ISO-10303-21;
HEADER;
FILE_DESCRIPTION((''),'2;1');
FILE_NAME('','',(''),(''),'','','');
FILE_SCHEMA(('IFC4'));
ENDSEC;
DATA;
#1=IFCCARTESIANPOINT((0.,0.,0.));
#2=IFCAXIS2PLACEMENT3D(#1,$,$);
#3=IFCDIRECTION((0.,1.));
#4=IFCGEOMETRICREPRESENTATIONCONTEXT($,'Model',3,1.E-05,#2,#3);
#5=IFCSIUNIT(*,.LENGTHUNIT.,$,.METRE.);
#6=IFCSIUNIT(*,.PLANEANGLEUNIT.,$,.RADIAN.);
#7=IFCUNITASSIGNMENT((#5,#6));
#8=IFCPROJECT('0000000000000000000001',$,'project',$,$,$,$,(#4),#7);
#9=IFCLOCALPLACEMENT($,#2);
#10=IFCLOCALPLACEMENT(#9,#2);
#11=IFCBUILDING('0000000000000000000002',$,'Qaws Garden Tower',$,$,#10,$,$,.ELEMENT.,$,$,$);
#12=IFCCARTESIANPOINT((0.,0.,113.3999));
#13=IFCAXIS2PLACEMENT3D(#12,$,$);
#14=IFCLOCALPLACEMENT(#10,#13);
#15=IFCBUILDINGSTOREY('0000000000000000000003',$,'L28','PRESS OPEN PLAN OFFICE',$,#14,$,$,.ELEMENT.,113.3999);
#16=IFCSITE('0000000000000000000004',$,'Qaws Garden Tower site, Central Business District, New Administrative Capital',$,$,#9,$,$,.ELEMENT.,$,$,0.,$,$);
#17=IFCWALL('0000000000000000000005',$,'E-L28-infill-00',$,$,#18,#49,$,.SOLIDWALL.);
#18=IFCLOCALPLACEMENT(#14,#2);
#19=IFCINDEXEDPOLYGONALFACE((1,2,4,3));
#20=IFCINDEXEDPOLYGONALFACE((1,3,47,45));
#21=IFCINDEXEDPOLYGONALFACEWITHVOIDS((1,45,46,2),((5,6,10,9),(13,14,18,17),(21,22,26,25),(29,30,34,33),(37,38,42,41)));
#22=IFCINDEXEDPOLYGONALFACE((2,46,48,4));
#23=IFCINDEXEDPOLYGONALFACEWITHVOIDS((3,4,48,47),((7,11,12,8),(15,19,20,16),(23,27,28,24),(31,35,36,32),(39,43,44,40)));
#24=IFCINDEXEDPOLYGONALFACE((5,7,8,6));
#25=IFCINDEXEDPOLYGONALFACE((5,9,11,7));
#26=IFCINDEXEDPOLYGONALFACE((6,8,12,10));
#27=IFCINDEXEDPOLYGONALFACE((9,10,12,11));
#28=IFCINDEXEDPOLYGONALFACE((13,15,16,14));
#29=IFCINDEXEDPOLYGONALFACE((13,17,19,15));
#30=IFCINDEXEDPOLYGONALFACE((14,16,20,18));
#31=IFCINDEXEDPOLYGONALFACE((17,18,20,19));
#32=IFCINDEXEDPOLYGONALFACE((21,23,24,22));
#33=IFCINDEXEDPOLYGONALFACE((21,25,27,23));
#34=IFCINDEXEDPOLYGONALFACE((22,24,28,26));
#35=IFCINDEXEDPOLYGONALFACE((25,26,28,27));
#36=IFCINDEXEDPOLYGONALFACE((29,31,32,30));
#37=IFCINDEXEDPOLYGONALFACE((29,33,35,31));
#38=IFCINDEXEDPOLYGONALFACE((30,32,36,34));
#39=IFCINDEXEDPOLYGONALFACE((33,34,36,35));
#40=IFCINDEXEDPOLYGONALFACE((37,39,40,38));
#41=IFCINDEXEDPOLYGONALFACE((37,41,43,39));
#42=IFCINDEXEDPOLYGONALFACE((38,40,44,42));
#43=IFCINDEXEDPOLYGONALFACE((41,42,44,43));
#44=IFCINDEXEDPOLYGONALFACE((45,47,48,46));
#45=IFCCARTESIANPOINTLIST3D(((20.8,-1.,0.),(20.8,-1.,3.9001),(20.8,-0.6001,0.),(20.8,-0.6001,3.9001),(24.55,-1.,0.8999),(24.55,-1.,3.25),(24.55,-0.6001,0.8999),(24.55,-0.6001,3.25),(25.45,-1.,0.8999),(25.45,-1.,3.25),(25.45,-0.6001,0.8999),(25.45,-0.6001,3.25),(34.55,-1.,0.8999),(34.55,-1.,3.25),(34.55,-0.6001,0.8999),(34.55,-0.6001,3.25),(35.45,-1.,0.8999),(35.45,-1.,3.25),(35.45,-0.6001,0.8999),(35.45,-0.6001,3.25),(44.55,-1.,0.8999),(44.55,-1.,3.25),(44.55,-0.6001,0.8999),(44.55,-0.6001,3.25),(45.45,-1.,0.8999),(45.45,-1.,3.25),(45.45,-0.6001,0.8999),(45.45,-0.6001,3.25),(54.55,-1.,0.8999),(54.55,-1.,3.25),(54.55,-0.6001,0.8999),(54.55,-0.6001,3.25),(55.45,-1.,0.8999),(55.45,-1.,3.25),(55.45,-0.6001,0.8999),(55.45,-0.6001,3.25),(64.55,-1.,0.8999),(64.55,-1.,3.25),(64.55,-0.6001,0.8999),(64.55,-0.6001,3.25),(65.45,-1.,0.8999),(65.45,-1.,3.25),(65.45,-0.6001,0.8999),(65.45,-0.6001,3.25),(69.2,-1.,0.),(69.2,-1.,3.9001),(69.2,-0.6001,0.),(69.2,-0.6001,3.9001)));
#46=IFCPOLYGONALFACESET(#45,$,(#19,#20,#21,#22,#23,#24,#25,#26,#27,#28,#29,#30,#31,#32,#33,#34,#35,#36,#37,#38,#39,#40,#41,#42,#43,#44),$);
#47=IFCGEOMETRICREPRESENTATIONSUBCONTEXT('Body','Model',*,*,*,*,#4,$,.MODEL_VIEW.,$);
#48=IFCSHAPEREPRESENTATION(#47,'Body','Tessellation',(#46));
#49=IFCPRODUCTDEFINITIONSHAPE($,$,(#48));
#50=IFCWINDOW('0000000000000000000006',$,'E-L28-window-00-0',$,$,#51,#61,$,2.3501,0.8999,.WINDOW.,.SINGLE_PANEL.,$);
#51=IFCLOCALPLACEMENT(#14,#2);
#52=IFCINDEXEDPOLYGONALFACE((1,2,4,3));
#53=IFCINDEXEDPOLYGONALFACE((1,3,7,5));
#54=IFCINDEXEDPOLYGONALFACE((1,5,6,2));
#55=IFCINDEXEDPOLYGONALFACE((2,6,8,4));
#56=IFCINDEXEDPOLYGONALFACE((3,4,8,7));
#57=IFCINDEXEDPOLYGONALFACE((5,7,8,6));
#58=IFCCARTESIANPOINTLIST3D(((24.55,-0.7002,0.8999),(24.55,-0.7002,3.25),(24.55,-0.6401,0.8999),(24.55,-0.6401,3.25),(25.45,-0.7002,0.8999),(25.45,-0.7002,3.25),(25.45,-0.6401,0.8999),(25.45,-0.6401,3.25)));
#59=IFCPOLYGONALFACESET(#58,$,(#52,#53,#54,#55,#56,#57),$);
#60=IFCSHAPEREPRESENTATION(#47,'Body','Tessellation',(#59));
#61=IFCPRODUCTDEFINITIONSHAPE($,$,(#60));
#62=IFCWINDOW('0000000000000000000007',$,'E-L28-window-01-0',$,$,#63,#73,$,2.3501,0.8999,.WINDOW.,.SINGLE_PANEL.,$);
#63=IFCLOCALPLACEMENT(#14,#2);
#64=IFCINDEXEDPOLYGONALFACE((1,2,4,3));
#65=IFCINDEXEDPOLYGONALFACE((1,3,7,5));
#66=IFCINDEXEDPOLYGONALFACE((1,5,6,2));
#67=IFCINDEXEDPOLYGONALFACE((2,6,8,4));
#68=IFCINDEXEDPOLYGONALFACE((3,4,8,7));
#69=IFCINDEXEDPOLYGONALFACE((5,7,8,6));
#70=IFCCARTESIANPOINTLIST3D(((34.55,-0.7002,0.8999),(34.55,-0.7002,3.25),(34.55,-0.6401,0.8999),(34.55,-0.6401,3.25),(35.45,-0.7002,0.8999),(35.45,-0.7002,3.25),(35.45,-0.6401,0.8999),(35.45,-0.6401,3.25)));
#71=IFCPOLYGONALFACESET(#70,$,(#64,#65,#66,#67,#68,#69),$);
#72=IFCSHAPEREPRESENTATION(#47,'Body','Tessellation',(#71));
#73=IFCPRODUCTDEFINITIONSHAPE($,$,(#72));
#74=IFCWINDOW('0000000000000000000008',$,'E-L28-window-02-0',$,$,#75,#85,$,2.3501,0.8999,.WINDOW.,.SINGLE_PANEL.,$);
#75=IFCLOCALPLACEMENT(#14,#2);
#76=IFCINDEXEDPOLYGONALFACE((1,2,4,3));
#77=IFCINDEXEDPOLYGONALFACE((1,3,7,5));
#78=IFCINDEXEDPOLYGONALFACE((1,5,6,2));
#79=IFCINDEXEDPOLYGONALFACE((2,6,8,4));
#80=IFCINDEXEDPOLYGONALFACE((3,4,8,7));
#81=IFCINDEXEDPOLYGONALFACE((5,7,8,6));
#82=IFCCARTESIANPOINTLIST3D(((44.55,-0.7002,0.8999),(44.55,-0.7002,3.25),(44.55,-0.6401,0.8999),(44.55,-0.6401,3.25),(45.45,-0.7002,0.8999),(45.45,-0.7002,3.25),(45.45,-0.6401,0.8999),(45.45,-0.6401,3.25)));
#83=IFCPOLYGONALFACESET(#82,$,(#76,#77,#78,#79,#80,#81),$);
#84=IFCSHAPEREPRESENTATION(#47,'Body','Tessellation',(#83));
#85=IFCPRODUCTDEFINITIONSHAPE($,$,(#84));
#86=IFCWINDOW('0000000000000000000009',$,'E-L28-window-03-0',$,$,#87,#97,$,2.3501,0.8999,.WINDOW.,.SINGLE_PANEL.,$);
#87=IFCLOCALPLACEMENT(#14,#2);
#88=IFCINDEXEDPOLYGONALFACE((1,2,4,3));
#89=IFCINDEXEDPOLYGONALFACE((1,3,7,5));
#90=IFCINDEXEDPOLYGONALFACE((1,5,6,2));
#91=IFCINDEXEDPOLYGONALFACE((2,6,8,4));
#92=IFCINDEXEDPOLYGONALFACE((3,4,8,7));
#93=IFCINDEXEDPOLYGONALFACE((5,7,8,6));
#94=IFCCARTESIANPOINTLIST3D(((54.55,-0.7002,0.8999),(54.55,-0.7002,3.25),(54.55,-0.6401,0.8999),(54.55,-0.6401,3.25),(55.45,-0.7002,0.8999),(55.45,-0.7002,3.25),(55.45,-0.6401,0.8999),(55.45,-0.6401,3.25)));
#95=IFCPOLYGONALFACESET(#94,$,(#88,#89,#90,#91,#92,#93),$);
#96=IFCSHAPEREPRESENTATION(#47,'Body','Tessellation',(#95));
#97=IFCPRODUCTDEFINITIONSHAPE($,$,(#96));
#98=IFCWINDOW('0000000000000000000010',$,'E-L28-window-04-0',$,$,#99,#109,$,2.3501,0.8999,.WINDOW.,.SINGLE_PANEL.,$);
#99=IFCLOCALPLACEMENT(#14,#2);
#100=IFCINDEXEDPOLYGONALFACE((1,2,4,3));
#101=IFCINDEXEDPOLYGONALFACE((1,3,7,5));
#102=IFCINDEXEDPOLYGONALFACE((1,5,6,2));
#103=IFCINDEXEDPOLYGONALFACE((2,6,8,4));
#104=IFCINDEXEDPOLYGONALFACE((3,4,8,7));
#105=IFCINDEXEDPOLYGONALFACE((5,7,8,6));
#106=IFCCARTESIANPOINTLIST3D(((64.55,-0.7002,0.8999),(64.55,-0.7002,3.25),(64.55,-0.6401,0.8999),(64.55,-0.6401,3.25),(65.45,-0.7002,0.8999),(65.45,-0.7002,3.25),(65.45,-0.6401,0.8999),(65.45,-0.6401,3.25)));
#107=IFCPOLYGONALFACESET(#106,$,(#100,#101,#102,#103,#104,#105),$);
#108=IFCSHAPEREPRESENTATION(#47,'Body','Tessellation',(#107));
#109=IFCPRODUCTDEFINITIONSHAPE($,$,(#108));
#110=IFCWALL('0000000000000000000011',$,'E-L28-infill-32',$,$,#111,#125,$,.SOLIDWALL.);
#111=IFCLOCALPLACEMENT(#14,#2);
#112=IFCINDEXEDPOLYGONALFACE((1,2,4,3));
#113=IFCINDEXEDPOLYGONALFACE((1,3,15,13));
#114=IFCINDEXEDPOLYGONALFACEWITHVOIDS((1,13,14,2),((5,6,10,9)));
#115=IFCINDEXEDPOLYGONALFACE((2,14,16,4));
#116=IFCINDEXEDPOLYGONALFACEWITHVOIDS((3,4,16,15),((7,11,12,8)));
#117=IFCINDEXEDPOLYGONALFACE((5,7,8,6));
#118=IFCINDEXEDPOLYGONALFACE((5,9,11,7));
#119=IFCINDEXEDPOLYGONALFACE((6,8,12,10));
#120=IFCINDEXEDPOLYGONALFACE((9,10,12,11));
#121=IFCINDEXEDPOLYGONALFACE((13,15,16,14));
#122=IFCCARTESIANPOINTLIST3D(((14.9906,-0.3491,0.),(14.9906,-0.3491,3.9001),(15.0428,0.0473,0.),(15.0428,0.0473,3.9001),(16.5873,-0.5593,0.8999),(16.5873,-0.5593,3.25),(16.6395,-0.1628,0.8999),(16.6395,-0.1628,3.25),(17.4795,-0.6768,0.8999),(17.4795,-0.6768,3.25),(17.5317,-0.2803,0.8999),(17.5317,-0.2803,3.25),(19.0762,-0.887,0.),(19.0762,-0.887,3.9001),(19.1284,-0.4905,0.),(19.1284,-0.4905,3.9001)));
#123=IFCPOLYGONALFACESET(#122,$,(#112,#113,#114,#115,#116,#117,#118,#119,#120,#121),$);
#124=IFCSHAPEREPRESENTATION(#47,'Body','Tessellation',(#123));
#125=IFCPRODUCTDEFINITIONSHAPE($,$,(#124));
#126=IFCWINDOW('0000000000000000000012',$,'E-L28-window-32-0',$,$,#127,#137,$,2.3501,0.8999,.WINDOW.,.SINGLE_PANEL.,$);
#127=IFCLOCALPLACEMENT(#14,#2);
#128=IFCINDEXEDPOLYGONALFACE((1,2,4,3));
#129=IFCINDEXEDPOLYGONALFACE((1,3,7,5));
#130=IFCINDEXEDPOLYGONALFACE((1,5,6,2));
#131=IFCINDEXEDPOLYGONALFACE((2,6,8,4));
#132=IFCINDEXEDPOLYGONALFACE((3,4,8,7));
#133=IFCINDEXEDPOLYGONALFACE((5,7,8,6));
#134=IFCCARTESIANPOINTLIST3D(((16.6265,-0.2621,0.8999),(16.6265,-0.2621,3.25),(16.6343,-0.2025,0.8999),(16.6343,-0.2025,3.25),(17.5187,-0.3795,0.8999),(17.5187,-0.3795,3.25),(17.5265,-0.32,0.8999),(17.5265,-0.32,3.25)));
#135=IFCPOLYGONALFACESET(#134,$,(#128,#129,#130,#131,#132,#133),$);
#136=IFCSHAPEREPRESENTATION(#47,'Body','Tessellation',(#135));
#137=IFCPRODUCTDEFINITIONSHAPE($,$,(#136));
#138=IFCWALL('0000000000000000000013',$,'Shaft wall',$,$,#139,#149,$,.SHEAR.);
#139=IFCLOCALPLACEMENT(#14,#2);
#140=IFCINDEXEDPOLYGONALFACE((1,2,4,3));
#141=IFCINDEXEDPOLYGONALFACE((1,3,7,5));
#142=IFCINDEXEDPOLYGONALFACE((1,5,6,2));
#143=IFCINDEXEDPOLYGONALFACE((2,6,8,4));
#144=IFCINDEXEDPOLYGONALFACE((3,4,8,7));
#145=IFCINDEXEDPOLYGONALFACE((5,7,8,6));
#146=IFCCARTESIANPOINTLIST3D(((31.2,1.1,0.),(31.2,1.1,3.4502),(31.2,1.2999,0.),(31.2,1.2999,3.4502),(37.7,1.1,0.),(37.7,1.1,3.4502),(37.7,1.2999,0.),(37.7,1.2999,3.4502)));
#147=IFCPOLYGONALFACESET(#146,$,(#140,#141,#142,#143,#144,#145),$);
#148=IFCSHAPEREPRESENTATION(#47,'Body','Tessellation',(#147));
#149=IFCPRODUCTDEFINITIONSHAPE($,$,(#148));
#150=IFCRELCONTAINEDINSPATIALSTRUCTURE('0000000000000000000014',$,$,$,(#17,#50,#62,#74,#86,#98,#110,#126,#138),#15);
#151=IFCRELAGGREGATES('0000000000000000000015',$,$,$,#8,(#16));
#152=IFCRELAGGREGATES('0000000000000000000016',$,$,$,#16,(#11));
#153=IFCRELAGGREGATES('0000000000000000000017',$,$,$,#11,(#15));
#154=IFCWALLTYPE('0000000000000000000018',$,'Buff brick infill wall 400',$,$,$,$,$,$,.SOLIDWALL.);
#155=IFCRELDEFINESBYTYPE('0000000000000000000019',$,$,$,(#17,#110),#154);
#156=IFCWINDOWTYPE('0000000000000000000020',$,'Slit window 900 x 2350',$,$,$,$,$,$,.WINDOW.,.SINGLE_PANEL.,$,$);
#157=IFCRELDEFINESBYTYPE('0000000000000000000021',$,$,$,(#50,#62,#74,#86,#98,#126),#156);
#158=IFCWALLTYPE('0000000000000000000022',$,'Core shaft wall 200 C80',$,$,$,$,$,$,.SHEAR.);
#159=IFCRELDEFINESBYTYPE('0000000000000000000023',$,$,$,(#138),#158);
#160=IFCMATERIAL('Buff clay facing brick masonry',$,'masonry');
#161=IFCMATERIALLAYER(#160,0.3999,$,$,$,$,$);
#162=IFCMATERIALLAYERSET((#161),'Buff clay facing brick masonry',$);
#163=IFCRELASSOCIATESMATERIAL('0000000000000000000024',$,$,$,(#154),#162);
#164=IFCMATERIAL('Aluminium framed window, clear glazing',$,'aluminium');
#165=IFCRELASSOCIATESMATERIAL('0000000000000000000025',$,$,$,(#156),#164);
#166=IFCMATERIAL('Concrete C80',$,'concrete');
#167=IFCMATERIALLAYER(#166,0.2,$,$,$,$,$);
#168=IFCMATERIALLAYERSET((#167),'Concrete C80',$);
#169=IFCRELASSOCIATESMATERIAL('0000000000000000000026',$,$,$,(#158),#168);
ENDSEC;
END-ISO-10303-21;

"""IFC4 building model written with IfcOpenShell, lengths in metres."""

from ifc_helpers import new_model, si_unit, direction, frame, frame_2d, origin, place, context, subcontext, project, spatial, rectangle, extrude, material, layer, layer_set, type_object, element, fill, save


model = new_model("IFC4")

# Units and contexts
model_context = context("Model", 3, precision=1e-05, world=origin(), true_north=direction((0.0, 1.0)))
body_context = subcontext(model_context, "Body", "Model", "MODEL_VIEW")
ifc_project = project(units=[si_unit("LENGTHUNIT", "METRE"), si_unit("PLANEANGLEUNIT", "RADIAN")], contexts=[model_context])

# Site, building, storey
site_placement = place(None, origin())
site = spatial("IfcSite", under=ifc_project, at=site_placement, Name="Qaws Garden Tower site, Central Business District, New Administrative Capital", CompositionType="ELEMENT", RefElevation=0.0)
building_placement = place(site_placement, origin())
building = spatial("IfcBuilding", under=site, at=building_placement, Name="Qaws Garden Tower", CompositionType="ELEMENT")
storey_placement = place(building_placement, frame((0.0, 0.0, 113.3999)))
storey = spatial("IfcBuildingStorey", under=building, at=storey_placement, Name="L28", Description="PRESS OPEN PLAN OFFICE", CompositionType="ELEMENT", Elevation=113.3999)

# Wall, openings, windows
ifc_material_1 = material(Name="Buff clay facing brick masonry", Category="masonry")
ifc_layer_1 = layer(ifc_material_1, 0.3999)
ifc_layer_set_1 = layer_set([ifc_layer_1], Name="Buff clay facing brick masonry")
wall_type_1 = type_object("IfcWallType", Name="Buff brick infill wall 400", PredefinedType="SOLIDWALL", material=ifc_layer_set_1)
wall_1_placement = place(storey_placement, frame((20.8, -0.8, 0.0), z_axis=(0.0, 0.0, 1.0), x_axis=(1.0, 0.0, 0.0)))
wall_1 = element("IfcWall", 1, at=wall_1_placement, inside=storey, type_object=wall_type_1, Name="E-L28-infill-00", PredefinedType="SOLIDWALL", context=body_context, shape_type="SweptSolid", body=[
    extrude(rectangle(XDim=48.3999, YDim=0.3999, at=frame_2d((24.2, 0.0))), origin(), (0.0, 0.0, 1.0), 3.9001),
])
opening_1_placement = place(wall_1_placement, frame((3.75, 0.0, 0.8999)))
opening_1 = element("IfcOpeningElement", 2, at=opening_1_placement, cuts=wall_1, PredefinedType="OPENING", context=body_context, shape_type="SweptSolid", body=[
    extrude(rectangle(XDim=0.8999, YDim=2.3501, at=frame_2d((0.45, 1.175))), frame((0.0, 0.21, 0.0), z_axis=(0.0, -1.0, 0.0), x_axis=(1.0, 0.0, 0.0)), (0.0, 0.0, 1.0), 0.4199),
])
opening_2_placement = place(wall_1_placement, frame((13.75, 0.0, 0.8999)))
opening_2 = element("IfcOpeningElement", 3, at=opening_2_placement, cuts=wall_1, PredefinedType="OPENING", context=body_context, shape_type="SweptSolid", body=[
    extrude(rectangle(XDim=0.8999, YDim=2.3501, at=frame_2d((0.45, 1.175))), frame((0.0, 0.21, 0.0), z_axis=(0.0, -1.0, 0.0), x_axis=(1.0, 0.0, 0.0)), (0.0, 0.0, 1.0), 0.4199),
])
opening_3_placement = place(wall_1_placement, frame((23.75, 0.0, 0.8999)))
opening_3 = element("IfcOpeningElement", 4, at=opening_3_placement, cuts=wall_1, PredefinedType="OPENING", context=body_context, shape_type="SweptSolid", body=[
    extrude(rectangle(XDim=0.8999, YDim=2.3501, at=frame_2d((0.45, 1.175))), frame((0.0, 0.21, 0.0), z_axis=(0.0, -1.0, 0.0), x_axis=(1.0, 0.0, 0.0)), (0.0, 0.0, 1.0), 0.4199),
])
opening_4_placement = place(wall_1_placement, frame((33.75, 0.0, 0.8999)))
opening_4 = element("IfcOpeningElement", 5, at=opening_4_placement, cuts=wall_1, PredefinedType="OPENING", context=body_context, shape_type="SweptSolid", body=[
    extrude(rectangle(XDim=0.8999, YDim=2.3501, at=frame_2d((0.45, 1.175))), frame((0.0, 0.21, 0.0), z_axis=(0.0, -1.0, 0.0), x_axis=(1.0, 0.0, 0.0)), (0.0, 0.0, 1.0), 0.4199),
])
opening_5_placement = place(wall_1_placement, frame((43.75, 0.0, 0.8999)))
opening_5 = element("IfcOpeningElement", 6, at=opening_5_placement, cuts=wall_1, PredefinedType="OPENING", context=body_context, shape_type="SweptSolid", body=[
    extrude(rectangle(XDim=0.8999, YDim=2.3501, at=frame_2d((0.45, 1.175))), frame((0.0, 0.21, 0.0), z_axis=(0.0, -1.0, 0.0), x_axis=(1.0, 0.0, 0.0)), (0.0, 0.0, 1.0), 0.4199),
])
ifc_material_2 = material(Name="Aluminium framed window, clear glazing", Category="aluminium")
window_type = type_object("IfcWindowType", Name="Slit window 900 x 2350", PartitioningType="SINGLE_PANEL", PredefinedType="WINDOW", material=ifc_material_2)
window_1_placement = place(opening_1_placement, origin())
window_1 = element("IfcWindow", 7, at=window_1_placement, inside=storey, type_object=window_type, Name="E-L28-window-00-0", OverallHeight=2.3501, OverallWidth=0.8999, PartitioningType="SINGLE_PANEL", PredefinedType="WINDOW", context=body_context, shape_type="SweptSolid", body=[
    extrude(rectangle(XDim=0.8999, YDim=2.3501, at=frame_2d((0.45, 1.175))), frame((0.0, 0.1599, 0.0), z_axis=(0.0, -1.0, 0.0), x_axis=(1.0, 0.0, 0.0)), (0.0, 0.0, 1.0), 0.0601),
])
fill(opening_1, window_1)
window_2_placement = place(opening_2_placement, origin())
window_2 = element("IfcWindow", 8, at=window_2_placement, inside=storey, type_object=window_type, Name="E-L28-window-01-0", OverallHeight=2.3501, OverallWidth=0.8999, PartitioningType="SINGLE_PANEL", PredefinedType="WINDOW", context=body_context, shape_type="SweptSolid", body=[
    extrude(rectangle(XDim=0.8999, YDim=2.3501, at=frame_2d((0.45, 1.175))), frame((0.0, 0.1599, 0.0), z_axis=(0.0, -1.0, 0.0), x_axis=(1.0, 0.0, 0.0)), (0.0, 0.0, 1.0), 0.0601),
])
fill(opening_2, window_2)
window_3_placement = place(opening_3_placement, origin())
window_3 = element("IfcWindow", 9, at=window_3_placement, inside=storey, type_object=window_type, Name="E-L28-window-02-0", OverallHeight=2.3501, OverallWidth=0.8999, PartitioningType="SINGLE_PANEL", PredefinedType="WINDOW", context=body_context, shape_type="SweptSolid", body=[
    extrude(rectangle(XDim=0.8999, YDim=2.3501, at=frame_2d((0.45, 1.175))), frame((0.0, 0.1599, 0.0), z_axis=(0.0, -1.0, 0.0), x_axis=(1.0, 0.0, 0.0)), (0.0, 0.0, 1.0), 0.0601),
])
fill(opening_3, window_3)
window_4_placement = place(opening_4_placement, origin())
window_4 = element("IfcWindow", 10, at=window_4_placement, inside=storey, type_object=window_type, Name="E-L28-window-03-0", OverallHeight=2.3501, OverallWidth=0.8999, PartitioningType="SINGLE_PANEL", PredefinedType="WINDOW", context=body_context, shape_type="SweptSolid", body=[
    extrude(rectangle(XDim=0.8999, YDim=2.3501, at=frame_2d((0.45, 1.175))), frame((0.0, 0.1599, 0.0), z_axis=(0.0, -1.0, 0.0), x_axis=(1.0, 0.0, 0.0)), (0.0, 0.0, 1.0), 0.0601),
])
fill(opening_4, window_4)
window_5_placement = place(opening_5_placement, origin())
window_5 = element("IfcWindow", 11, at=window_5_placement, inside=storey, type_object=window_type, Name="E-L28-window-04-0", OverallHeight=2.3501, OverallWidth=0.8999, PartitioningType="SINGLE_PANEL", PredefinedType="WINDOW", context=body_context, shape_type="SweptSolid", body=[
    extrude(rectangle(XDim=0.8999, YDim=2.3501, at=frame_2d((0.45, 1.175))), frame((0.0, 0.1599, 0.0), z_axis=(0.0, -1.0, 0.0), x_axis=(1.0, 0.0, 0.0)), (0.0, 0.0, 1.0), 0.0601),
])
fill(opening_5, window_5)

# Wall, opening, window
wall_2_placement = place(storey_placement, frame((15.0166, -0.1509, 0.0), z_axis=(0.0, 0.0, 1.0), x_axis=(0.991446, -0.130514, 0.0)))
wall_2 = element("IfcWall", 12, at=wall_2_placement, inside=storey, type_object=wall_type_1, Name="E-L28-infill-32", PredefinedType="SOLIDWALL", context=body_context, shape_type="SweptSolid", body=[
    extrude(rectangle(XDim=4.1208, YDim=0.3999, at=frame_2d((2.0605, 0.0))), origin(), (0.0, 0.0, 1.0), 3.9001),
])
opening_6_placement = place(wall_2_placement, frame((1.6106, 0.0, 0.8999)))
opening_6 = element("IfcOpeningElement", 13, at=opening_6_placement, cuts=wall_2, PredefinedType="OPENING", context=body_context, shape_type="SweptSolid", body=[
    extrude(rectangle(XDim=0.8999, YDim=2.3501, at=frame_2d((0.45, 1.175))), frame((0.0, 0.21, 0.0), z_axis=(0.0, -1.0, 0.0), x_axis=(1.0, 0.0, 0.0)), (0.0, 0.0, 1.0), 0.4199),
])
window_6_placement = place(opening_6_placement, origin())
window_6 = element("IfcWindow", 14, at=window_6_placement, inside=storey, type_object=window_type, Name="E-L28-window-32-0", OverallHeight=2.3501, OverallWidth=0.8999, PartitioningType="SINGLE_PANEL", PredefinedType="WINDOW", context=body_context, shape_type="SweptSolid", body=[
    extrude(rectangle(XDim=0.8999, YDim=2.3501, at=frame_2d((0.45, 1.175))), frame((0.0, 0.1599, 0.0), z_axis=(0.0, -1.0, 0.0), x_axis=(1.0, 0.0, 0.0)), (0.0, 0.0, 1.0), 0.0601),
])
fill(opening_6, window_6)

# Wall
ifc_material_3 = material(Name="Concrete C80", Category="concrete")
ifc_layer_2 = layer(ifc_material_3, 0.2)
ifc_layer_set_2 = layer_set([ifc_layer_2], Name="Concrete C80")
wall_type_2 = type_object("IfcWallType", Name="Core shaft wall 200 C80", PredefinedType="SHEAR", material=ifc_layer_set_2)
wall_3_placement = place(storey_placement, frame((31.2, 1.2, 0.0), z_axis=(0.0, 0.0, 1.0), x_axis=(1.0, 0.0, 0.0)))
element("IfcWall", 15, at=wall_3_placement, inside=storey, type_object=wall_type_2, Name="Shaft wall", PredefinedType="SHEAR", context=body_context, shape_type="SweptSolid", body=[
    extrude(rectangle(XDim=6.5, YDim=0.2, at=frame_2d((3.25, 0.0))), origin(), (0.0, 0.0, 1.0), 3.4502),
])

save(model, "model.ifc")
